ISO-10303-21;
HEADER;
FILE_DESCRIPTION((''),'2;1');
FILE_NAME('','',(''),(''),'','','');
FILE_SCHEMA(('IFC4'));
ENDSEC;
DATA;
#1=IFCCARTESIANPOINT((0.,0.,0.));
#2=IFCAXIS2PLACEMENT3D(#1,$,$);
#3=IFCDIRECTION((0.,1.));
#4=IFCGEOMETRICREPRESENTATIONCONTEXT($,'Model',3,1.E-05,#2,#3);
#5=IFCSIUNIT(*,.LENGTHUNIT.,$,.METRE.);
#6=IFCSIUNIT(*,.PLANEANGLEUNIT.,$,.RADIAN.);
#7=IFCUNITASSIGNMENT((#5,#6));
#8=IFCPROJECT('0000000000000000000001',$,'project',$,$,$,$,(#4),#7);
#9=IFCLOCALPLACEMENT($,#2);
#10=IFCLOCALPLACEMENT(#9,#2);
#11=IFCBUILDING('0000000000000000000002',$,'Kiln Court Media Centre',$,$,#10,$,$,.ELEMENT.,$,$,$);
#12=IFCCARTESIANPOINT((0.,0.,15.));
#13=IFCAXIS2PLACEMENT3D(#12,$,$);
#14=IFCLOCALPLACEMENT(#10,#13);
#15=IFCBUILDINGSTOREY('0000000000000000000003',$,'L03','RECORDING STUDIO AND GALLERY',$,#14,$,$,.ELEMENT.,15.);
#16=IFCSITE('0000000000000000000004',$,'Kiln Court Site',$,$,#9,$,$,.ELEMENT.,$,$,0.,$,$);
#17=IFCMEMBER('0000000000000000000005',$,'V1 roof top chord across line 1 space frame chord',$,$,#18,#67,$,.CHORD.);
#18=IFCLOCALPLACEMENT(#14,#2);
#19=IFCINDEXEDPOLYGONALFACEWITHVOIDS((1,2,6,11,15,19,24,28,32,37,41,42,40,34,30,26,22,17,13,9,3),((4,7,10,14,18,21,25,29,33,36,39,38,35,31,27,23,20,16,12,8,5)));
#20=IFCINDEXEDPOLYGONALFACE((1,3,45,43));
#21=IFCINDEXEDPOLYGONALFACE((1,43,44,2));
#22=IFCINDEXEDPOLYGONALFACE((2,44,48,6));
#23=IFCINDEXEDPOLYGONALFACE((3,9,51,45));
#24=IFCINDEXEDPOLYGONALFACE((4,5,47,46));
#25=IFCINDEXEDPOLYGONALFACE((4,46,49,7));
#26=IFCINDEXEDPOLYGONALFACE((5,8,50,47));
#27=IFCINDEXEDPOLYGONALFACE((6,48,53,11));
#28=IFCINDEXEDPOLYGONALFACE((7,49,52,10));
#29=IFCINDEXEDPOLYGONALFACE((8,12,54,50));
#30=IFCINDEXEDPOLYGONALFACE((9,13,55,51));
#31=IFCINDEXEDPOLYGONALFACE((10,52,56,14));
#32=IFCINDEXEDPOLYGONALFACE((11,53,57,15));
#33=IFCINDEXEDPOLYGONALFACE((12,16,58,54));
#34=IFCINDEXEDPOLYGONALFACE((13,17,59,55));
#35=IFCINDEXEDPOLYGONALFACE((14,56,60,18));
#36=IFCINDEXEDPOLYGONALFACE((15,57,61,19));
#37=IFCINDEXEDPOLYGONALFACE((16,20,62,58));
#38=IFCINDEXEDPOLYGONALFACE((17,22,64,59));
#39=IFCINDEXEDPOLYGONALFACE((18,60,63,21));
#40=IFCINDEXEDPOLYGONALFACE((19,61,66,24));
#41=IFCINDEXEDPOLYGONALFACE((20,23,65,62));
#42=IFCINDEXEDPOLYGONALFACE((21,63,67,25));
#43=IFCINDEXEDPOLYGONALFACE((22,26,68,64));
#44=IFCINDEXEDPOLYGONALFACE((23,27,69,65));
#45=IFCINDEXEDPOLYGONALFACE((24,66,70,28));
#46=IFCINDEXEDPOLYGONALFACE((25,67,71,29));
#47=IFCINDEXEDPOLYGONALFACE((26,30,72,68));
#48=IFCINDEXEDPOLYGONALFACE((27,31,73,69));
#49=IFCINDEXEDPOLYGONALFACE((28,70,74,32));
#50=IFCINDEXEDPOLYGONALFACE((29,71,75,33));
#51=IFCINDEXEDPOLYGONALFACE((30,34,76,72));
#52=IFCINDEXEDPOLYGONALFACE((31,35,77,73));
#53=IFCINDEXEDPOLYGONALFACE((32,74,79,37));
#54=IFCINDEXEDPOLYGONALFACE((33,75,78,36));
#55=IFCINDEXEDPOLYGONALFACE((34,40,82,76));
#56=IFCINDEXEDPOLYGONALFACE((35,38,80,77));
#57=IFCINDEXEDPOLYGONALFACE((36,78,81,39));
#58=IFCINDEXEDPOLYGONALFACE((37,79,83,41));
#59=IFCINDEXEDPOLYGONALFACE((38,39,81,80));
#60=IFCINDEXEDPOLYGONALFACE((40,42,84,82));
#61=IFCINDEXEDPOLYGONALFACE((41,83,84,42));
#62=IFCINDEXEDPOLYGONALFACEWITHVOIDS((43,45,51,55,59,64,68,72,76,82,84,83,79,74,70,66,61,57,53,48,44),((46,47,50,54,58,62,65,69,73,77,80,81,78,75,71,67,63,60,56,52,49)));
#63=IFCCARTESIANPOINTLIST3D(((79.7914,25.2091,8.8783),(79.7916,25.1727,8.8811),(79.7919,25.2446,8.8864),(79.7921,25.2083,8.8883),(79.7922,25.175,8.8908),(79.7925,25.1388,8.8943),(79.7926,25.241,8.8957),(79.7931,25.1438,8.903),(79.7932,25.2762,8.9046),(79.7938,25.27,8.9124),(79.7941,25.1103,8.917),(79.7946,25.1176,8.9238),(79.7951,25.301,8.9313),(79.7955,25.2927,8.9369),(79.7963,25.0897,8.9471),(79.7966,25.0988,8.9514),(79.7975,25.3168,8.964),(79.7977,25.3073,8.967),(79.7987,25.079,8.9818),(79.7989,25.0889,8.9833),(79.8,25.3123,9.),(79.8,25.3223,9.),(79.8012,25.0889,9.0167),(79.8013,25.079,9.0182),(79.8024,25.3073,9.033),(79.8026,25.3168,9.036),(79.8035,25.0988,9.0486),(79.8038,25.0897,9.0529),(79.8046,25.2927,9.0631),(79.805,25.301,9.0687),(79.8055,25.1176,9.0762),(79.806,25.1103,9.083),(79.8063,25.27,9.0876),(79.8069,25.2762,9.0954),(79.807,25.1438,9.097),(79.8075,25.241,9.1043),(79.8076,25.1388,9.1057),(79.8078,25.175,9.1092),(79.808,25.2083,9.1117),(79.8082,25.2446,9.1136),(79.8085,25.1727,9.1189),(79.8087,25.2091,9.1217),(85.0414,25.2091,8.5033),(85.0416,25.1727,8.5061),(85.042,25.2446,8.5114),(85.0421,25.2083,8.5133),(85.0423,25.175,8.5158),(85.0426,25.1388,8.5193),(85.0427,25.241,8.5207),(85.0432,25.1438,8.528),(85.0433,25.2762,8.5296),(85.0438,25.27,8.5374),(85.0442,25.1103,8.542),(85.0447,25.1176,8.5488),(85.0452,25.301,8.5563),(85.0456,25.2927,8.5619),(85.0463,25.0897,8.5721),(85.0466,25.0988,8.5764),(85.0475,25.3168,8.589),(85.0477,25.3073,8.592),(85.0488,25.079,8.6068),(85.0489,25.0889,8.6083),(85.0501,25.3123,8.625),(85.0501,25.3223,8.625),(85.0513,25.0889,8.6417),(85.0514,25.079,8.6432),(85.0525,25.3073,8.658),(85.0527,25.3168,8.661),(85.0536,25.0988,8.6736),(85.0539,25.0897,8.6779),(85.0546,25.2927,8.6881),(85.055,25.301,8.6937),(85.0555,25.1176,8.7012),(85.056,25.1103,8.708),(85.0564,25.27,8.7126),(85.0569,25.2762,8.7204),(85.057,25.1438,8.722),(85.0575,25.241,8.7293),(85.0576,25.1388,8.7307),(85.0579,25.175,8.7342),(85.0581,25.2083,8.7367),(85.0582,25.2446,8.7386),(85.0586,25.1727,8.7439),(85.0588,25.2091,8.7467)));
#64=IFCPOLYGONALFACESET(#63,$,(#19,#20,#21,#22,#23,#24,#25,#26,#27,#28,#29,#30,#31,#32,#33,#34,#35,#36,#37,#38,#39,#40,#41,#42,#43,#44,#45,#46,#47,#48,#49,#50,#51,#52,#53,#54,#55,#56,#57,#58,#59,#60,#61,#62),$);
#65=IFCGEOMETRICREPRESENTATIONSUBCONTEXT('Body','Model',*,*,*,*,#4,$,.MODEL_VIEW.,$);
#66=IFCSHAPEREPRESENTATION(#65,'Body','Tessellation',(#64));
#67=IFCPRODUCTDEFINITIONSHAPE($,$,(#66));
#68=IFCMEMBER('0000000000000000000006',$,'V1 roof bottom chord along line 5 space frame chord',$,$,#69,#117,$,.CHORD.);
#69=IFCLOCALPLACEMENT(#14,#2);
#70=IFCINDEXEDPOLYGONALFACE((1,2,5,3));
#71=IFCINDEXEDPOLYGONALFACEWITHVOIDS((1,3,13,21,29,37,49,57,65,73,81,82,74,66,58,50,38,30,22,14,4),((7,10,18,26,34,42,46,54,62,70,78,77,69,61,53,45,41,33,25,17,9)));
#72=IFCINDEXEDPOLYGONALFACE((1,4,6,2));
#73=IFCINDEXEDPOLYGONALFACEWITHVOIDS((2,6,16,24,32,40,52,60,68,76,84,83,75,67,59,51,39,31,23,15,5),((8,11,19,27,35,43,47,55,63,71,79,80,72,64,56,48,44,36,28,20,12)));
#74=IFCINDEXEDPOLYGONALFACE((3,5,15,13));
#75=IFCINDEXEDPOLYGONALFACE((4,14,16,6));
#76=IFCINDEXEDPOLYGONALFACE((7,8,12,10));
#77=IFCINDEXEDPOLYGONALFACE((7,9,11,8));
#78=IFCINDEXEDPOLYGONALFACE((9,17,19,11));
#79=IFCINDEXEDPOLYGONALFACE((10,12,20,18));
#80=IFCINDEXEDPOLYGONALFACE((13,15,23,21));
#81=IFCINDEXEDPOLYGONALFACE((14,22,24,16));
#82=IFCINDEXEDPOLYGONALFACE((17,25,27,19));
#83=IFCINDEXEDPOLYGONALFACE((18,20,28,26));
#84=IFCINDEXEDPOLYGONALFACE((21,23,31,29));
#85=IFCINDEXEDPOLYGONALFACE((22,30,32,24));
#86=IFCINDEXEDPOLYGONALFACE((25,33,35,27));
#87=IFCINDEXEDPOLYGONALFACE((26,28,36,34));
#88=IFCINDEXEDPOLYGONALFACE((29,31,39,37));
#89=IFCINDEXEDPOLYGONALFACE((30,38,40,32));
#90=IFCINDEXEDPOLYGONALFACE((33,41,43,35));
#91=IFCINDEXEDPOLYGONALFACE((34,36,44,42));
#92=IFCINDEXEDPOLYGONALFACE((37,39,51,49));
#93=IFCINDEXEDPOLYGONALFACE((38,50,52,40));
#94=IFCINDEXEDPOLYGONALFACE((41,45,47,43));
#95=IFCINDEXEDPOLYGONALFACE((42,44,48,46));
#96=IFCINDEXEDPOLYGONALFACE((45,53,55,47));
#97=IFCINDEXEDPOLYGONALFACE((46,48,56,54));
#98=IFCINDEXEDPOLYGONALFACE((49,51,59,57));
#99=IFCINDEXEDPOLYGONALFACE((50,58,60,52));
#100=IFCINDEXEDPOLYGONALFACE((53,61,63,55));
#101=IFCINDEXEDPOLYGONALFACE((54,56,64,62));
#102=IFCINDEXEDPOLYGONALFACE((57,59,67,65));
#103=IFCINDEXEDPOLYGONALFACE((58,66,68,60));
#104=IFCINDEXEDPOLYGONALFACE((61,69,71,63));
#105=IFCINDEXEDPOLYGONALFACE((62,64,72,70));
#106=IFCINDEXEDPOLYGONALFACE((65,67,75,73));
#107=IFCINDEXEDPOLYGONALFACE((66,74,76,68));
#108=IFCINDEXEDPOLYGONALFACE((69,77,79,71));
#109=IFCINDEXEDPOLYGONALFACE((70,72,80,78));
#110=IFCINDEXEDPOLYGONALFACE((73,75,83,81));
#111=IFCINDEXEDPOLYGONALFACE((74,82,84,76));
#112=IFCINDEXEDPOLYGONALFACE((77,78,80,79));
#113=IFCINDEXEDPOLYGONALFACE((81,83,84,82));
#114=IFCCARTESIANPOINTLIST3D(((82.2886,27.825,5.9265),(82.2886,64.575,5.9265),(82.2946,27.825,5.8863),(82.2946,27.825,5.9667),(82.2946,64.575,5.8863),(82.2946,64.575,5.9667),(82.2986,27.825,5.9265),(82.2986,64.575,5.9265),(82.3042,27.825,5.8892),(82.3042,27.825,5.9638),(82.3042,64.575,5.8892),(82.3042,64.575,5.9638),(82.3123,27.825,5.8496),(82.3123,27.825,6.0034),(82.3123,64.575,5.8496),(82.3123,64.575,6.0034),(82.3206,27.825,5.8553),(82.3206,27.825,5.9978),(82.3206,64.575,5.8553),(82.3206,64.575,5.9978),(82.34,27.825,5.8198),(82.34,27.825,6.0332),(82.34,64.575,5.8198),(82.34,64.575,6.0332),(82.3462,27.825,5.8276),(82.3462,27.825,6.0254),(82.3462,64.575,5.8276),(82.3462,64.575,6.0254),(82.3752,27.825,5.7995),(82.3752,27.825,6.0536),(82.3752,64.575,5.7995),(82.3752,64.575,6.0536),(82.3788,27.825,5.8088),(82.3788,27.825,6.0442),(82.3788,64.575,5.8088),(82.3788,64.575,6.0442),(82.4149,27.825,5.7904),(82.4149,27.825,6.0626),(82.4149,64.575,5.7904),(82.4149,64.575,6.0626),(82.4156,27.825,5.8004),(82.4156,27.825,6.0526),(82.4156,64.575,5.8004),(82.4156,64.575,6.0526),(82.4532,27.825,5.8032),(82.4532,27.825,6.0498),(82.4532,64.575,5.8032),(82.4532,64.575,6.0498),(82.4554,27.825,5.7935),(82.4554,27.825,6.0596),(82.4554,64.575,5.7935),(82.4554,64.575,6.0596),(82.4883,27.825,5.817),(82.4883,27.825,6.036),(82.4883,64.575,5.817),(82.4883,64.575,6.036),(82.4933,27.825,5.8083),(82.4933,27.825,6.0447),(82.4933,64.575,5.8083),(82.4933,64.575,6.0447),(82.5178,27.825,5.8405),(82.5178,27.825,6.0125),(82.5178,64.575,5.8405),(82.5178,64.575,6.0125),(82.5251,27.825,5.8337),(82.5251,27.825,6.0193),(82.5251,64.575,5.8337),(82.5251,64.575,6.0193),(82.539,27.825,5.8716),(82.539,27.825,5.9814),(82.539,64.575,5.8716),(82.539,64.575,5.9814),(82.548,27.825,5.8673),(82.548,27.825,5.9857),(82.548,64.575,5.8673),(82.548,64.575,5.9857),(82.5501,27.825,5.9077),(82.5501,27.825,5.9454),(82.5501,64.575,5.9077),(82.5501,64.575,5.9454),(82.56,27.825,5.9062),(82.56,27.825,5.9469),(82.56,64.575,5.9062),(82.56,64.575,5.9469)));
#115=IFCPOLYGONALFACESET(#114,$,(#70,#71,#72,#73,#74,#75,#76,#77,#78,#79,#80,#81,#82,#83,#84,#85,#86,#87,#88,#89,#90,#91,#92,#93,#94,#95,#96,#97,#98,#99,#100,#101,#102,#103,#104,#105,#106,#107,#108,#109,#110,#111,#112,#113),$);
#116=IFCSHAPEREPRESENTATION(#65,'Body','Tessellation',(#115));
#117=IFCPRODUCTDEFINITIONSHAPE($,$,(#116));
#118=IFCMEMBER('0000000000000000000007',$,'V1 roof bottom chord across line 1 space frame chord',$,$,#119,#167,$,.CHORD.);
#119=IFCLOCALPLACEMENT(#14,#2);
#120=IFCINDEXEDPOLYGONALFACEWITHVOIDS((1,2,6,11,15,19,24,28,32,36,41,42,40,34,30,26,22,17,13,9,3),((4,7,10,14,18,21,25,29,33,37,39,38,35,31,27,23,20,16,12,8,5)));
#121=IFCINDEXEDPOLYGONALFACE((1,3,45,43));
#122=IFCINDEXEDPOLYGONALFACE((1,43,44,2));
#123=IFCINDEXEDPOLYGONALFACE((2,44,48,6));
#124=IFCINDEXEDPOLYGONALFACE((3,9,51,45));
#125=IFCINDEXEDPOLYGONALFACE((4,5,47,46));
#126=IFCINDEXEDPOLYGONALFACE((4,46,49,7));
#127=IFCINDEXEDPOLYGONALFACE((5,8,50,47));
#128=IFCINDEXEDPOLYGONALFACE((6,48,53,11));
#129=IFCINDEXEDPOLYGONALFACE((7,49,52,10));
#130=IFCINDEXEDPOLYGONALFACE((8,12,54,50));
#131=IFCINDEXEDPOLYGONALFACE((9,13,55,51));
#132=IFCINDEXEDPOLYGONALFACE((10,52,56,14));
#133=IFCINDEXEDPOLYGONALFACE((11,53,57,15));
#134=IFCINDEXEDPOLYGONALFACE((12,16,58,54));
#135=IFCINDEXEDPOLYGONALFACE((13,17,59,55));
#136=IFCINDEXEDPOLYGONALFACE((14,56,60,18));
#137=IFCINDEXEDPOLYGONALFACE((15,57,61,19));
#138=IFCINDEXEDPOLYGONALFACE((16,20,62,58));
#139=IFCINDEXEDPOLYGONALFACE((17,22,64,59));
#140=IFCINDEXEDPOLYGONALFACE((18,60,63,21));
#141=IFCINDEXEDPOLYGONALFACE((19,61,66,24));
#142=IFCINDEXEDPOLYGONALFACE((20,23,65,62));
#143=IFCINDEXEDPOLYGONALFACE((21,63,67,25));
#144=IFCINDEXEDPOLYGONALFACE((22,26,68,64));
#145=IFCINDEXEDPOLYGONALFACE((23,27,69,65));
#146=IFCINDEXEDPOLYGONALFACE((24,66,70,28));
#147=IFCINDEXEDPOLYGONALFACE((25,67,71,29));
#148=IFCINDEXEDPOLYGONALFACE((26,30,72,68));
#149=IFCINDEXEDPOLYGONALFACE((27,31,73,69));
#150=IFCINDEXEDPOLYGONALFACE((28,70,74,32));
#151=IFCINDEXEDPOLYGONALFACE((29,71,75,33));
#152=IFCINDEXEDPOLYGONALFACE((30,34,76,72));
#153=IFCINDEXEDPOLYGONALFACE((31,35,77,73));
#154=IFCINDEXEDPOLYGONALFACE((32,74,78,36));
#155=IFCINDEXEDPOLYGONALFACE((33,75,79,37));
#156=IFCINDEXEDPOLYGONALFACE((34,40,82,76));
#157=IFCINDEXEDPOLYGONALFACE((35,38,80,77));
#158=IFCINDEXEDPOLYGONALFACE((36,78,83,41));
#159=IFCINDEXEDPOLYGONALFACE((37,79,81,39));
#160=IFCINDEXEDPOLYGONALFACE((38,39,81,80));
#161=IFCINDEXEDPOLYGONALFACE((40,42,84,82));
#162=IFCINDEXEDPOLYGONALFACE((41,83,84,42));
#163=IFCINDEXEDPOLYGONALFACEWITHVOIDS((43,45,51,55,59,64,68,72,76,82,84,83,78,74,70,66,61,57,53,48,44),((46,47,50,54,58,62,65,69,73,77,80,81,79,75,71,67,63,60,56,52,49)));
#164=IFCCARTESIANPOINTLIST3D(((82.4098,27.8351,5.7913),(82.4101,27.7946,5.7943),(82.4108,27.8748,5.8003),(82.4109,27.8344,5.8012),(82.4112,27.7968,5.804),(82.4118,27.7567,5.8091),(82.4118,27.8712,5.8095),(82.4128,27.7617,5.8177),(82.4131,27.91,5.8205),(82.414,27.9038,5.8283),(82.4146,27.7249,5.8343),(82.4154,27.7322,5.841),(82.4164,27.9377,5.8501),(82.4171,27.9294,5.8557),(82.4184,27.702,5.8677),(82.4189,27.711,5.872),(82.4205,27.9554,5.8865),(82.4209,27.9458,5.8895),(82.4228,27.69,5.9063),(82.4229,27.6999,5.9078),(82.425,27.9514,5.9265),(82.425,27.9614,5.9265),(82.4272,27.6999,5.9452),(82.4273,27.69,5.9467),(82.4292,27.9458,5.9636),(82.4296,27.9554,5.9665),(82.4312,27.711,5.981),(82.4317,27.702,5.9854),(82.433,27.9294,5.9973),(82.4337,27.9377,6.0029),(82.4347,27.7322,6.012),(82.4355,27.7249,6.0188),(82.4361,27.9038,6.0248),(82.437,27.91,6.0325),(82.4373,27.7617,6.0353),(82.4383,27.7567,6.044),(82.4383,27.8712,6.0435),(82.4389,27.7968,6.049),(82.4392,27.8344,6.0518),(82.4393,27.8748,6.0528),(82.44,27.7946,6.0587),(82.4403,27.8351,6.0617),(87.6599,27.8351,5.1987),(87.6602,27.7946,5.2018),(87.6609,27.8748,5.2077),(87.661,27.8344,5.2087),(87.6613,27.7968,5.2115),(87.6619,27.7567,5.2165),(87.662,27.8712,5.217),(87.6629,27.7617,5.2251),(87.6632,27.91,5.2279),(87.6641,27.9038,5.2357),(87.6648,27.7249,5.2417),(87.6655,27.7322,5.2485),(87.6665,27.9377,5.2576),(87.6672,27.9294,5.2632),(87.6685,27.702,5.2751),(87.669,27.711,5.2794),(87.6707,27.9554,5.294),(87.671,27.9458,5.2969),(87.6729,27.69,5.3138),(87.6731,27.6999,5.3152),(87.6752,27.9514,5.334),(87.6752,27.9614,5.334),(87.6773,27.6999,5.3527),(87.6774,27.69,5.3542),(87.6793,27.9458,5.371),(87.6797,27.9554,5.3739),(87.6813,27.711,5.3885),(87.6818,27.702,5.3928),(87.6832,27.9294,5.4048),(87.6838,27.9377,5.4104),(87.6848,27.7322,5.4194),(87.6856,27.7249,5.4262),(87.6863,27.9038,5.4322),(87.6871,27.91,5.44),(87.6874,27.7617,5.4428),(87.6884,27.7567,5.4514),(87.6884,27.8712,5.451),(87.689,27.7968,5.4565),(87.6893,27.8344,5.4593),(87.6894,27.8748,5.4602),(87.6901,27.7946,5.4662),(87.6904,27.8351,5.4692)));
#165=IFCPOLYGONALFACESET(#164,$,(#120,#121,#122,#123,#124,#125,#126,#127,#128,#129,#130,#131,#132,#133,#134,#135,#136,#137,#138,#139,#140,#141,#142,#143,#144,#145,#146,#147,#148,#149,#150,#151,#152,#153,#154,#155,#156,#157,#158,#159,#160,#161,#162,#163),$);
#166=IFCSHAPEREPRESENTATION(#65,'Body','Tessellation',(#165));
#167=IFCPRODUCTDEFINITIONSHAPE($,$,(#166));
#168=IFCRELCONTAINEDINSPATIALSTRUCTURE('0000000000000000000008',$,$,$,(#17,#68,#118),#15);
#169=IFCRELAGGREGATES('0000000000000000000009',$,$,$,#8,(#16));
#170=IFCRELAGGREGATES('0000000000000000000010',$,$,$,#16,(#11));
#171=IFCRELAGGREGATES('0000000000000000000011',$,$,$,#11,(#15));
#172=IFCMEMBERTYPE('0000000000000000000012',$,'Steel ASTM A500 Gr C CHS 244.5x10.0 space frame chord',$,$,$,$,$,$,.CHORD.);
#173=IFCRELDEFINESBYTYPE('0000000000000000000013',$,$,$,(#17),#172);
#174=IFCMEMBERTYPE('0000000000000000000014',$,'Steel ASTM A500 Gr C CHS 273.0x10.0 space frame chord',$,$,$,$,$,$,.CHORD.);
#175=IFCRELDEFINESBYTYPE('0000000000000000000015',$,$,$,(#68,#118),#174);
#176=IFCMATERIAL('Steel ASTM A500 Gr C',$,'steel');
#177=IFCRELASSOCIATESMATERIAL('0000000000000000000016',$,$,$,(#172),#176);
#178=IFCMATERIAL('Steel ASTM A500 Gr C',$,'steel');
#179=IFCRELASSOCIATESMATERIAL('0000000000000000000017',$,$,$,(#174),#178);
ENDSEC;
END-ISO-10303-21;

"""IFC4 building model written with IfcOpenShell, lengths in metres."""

from ifc_helpers import new_model, si_unit, direction, frame, origin, origin_2d, place, context, subcontext, project, spatial, hollow_circle, extrude, material, material_profile, profile_set, type_object, element, save


model = new_model("IFC4")

# Units and contexts
model_context = context("Model", 3, precision=1e-05, world=origin(), true_north=direction((0.0, 1.0)))
body_context = subcontext(model_context, "Body", "Model", "MODEL_VIEW")
ifc_project = project(units=[si_unit("LENGTHUNIT", "METRE"), si_unit("PLANEANGLEUNIT", "RADIAN")], contexts=[model_context])

# Site, building, storey
site_placement = place(None, origin())
site = spatial("IfcSite", under=ifc_project, at=site_placement, Name="Kiln Court Site", CompositionType="ELEMENT", RefElevation=0.0)
building_placement = place(site_placement, origin())
building = spatial("IfcBuilding", under=site, at=building_placement, Name="Kiln Court Media Centre", CompositionType="ELEMENT")
storey_placement = place(building_placement, frame((0.0, 0.0, 15.0)))
storey = spatial("IfcBuildingStorey", under=building, at=storey_placement, Name="L03", Description="RECORDING STUDIO AND GALLERY", CompositionType="ELEMENT", Elevation=15.0)

# Members
ifc_material_1 = material(Name="Steel ASTM A500 Gr C", Category="steel")
ifc_material_profile_1 = material_profile(ifc_material_1, hollow_circle(Radius=0.1223, WallThickness=0.01, at=origin_2d()), Name="CHS 244.5x10.0")
ifc_profile_set_1 = profile_set([ifc_material_profile_1], Name="Steel ASTM A500 Gr C")
member_type_1 = type_object("IfcMemberType", Name="Steel ASTM A500 Gr C CHS 244.5x10.0 space frame chord", PredefinedType="CHORD", material=ifc_profile_set_1)
member_1_placement = place(storey_placement, frame((79.8, 25.2, 9.0), z_axis=(0.997459, 0.0, -0.071247), x_axis=(0.0, 1.0, 0.0)))
element("IfcMember", 1, at=member_1_placement, inside=storey, type_object=member_type_1, Name="V1 roof top chord across line 1 space frame chord", PredefinedType="CHORD", context=body_context, shape_type="SweptSolid", body=[
    extrude(hollow_circle(Radius=0.1223, WallThickness=0.01, at=origin_2d()), origin(), (0.0, 0.0, 1.0), 5.2634),
])
ifc_material_2 = material(Name="Steel ASTM A500 Gr C", Category="steel")
ifc_material_profile_2 = material_profile(ifc_material_2, hollow_circle(Radius=0.1365, WallThickness=0.01, at=origin_2d()), Name="CHS 273.0x10.0")
ifc_profile_set_2 = profile_set([ifc_material_profile_2], Name="Steel ASTM A500 Gr C")
member_type_2 = type_object("IfcMemberType", Name="Steel ASTM A500 Gr C CHS 273.0x10.0 space frame chord", PredefinedType="CHORD", material=ifc_profile_set_2)
member_2_placement = place(storey_placement, frame((82.425, 27.825, 5.9265), z_axis=(0.0, 1.0, 0.0), x_axis=(-1.0, 0.0, 0.0)))
element("IfcMember", 2, at=member_2_placement, inside=storey, type_object=member_type_2, Name="V1 roof bottom chord along line 5 space frame chord", PredefinedType="CHORD", context=body_context, shape_type="SweptSolid", body=[
    extrude(hollow_circle(Radius=0.1365, WallThickness=0.01, at=origin_2d()), origin(), (0.0, 0.0, 1.0), 36.75),
])
for number, where, z_axis, x_axis, name in (
    (3, (82.425, 27.825, 5.9265), (0.993691, 0.0, -0.112151), (0.0, 1.0, 0.0), "V1 roof bottom chord across line 1 space frame chord"),
):
    element("IfcMember", number, at=place(storey_placement, frame(where, z_axis=z_axis, x_axis=x_axis)), inside=storey, type_object=member_type_2, Name=name, PredefinedType="CHORD", context=body_context, shape_type="SweptSolid", body=[
        extrude(hollow_circle(Radius=0.1365, WallThickness=0.01, at=origin_2d()), origin(), (0.0, 0.0, 1.0), 5.2834),
    ])

save(model, "model.ifc")
